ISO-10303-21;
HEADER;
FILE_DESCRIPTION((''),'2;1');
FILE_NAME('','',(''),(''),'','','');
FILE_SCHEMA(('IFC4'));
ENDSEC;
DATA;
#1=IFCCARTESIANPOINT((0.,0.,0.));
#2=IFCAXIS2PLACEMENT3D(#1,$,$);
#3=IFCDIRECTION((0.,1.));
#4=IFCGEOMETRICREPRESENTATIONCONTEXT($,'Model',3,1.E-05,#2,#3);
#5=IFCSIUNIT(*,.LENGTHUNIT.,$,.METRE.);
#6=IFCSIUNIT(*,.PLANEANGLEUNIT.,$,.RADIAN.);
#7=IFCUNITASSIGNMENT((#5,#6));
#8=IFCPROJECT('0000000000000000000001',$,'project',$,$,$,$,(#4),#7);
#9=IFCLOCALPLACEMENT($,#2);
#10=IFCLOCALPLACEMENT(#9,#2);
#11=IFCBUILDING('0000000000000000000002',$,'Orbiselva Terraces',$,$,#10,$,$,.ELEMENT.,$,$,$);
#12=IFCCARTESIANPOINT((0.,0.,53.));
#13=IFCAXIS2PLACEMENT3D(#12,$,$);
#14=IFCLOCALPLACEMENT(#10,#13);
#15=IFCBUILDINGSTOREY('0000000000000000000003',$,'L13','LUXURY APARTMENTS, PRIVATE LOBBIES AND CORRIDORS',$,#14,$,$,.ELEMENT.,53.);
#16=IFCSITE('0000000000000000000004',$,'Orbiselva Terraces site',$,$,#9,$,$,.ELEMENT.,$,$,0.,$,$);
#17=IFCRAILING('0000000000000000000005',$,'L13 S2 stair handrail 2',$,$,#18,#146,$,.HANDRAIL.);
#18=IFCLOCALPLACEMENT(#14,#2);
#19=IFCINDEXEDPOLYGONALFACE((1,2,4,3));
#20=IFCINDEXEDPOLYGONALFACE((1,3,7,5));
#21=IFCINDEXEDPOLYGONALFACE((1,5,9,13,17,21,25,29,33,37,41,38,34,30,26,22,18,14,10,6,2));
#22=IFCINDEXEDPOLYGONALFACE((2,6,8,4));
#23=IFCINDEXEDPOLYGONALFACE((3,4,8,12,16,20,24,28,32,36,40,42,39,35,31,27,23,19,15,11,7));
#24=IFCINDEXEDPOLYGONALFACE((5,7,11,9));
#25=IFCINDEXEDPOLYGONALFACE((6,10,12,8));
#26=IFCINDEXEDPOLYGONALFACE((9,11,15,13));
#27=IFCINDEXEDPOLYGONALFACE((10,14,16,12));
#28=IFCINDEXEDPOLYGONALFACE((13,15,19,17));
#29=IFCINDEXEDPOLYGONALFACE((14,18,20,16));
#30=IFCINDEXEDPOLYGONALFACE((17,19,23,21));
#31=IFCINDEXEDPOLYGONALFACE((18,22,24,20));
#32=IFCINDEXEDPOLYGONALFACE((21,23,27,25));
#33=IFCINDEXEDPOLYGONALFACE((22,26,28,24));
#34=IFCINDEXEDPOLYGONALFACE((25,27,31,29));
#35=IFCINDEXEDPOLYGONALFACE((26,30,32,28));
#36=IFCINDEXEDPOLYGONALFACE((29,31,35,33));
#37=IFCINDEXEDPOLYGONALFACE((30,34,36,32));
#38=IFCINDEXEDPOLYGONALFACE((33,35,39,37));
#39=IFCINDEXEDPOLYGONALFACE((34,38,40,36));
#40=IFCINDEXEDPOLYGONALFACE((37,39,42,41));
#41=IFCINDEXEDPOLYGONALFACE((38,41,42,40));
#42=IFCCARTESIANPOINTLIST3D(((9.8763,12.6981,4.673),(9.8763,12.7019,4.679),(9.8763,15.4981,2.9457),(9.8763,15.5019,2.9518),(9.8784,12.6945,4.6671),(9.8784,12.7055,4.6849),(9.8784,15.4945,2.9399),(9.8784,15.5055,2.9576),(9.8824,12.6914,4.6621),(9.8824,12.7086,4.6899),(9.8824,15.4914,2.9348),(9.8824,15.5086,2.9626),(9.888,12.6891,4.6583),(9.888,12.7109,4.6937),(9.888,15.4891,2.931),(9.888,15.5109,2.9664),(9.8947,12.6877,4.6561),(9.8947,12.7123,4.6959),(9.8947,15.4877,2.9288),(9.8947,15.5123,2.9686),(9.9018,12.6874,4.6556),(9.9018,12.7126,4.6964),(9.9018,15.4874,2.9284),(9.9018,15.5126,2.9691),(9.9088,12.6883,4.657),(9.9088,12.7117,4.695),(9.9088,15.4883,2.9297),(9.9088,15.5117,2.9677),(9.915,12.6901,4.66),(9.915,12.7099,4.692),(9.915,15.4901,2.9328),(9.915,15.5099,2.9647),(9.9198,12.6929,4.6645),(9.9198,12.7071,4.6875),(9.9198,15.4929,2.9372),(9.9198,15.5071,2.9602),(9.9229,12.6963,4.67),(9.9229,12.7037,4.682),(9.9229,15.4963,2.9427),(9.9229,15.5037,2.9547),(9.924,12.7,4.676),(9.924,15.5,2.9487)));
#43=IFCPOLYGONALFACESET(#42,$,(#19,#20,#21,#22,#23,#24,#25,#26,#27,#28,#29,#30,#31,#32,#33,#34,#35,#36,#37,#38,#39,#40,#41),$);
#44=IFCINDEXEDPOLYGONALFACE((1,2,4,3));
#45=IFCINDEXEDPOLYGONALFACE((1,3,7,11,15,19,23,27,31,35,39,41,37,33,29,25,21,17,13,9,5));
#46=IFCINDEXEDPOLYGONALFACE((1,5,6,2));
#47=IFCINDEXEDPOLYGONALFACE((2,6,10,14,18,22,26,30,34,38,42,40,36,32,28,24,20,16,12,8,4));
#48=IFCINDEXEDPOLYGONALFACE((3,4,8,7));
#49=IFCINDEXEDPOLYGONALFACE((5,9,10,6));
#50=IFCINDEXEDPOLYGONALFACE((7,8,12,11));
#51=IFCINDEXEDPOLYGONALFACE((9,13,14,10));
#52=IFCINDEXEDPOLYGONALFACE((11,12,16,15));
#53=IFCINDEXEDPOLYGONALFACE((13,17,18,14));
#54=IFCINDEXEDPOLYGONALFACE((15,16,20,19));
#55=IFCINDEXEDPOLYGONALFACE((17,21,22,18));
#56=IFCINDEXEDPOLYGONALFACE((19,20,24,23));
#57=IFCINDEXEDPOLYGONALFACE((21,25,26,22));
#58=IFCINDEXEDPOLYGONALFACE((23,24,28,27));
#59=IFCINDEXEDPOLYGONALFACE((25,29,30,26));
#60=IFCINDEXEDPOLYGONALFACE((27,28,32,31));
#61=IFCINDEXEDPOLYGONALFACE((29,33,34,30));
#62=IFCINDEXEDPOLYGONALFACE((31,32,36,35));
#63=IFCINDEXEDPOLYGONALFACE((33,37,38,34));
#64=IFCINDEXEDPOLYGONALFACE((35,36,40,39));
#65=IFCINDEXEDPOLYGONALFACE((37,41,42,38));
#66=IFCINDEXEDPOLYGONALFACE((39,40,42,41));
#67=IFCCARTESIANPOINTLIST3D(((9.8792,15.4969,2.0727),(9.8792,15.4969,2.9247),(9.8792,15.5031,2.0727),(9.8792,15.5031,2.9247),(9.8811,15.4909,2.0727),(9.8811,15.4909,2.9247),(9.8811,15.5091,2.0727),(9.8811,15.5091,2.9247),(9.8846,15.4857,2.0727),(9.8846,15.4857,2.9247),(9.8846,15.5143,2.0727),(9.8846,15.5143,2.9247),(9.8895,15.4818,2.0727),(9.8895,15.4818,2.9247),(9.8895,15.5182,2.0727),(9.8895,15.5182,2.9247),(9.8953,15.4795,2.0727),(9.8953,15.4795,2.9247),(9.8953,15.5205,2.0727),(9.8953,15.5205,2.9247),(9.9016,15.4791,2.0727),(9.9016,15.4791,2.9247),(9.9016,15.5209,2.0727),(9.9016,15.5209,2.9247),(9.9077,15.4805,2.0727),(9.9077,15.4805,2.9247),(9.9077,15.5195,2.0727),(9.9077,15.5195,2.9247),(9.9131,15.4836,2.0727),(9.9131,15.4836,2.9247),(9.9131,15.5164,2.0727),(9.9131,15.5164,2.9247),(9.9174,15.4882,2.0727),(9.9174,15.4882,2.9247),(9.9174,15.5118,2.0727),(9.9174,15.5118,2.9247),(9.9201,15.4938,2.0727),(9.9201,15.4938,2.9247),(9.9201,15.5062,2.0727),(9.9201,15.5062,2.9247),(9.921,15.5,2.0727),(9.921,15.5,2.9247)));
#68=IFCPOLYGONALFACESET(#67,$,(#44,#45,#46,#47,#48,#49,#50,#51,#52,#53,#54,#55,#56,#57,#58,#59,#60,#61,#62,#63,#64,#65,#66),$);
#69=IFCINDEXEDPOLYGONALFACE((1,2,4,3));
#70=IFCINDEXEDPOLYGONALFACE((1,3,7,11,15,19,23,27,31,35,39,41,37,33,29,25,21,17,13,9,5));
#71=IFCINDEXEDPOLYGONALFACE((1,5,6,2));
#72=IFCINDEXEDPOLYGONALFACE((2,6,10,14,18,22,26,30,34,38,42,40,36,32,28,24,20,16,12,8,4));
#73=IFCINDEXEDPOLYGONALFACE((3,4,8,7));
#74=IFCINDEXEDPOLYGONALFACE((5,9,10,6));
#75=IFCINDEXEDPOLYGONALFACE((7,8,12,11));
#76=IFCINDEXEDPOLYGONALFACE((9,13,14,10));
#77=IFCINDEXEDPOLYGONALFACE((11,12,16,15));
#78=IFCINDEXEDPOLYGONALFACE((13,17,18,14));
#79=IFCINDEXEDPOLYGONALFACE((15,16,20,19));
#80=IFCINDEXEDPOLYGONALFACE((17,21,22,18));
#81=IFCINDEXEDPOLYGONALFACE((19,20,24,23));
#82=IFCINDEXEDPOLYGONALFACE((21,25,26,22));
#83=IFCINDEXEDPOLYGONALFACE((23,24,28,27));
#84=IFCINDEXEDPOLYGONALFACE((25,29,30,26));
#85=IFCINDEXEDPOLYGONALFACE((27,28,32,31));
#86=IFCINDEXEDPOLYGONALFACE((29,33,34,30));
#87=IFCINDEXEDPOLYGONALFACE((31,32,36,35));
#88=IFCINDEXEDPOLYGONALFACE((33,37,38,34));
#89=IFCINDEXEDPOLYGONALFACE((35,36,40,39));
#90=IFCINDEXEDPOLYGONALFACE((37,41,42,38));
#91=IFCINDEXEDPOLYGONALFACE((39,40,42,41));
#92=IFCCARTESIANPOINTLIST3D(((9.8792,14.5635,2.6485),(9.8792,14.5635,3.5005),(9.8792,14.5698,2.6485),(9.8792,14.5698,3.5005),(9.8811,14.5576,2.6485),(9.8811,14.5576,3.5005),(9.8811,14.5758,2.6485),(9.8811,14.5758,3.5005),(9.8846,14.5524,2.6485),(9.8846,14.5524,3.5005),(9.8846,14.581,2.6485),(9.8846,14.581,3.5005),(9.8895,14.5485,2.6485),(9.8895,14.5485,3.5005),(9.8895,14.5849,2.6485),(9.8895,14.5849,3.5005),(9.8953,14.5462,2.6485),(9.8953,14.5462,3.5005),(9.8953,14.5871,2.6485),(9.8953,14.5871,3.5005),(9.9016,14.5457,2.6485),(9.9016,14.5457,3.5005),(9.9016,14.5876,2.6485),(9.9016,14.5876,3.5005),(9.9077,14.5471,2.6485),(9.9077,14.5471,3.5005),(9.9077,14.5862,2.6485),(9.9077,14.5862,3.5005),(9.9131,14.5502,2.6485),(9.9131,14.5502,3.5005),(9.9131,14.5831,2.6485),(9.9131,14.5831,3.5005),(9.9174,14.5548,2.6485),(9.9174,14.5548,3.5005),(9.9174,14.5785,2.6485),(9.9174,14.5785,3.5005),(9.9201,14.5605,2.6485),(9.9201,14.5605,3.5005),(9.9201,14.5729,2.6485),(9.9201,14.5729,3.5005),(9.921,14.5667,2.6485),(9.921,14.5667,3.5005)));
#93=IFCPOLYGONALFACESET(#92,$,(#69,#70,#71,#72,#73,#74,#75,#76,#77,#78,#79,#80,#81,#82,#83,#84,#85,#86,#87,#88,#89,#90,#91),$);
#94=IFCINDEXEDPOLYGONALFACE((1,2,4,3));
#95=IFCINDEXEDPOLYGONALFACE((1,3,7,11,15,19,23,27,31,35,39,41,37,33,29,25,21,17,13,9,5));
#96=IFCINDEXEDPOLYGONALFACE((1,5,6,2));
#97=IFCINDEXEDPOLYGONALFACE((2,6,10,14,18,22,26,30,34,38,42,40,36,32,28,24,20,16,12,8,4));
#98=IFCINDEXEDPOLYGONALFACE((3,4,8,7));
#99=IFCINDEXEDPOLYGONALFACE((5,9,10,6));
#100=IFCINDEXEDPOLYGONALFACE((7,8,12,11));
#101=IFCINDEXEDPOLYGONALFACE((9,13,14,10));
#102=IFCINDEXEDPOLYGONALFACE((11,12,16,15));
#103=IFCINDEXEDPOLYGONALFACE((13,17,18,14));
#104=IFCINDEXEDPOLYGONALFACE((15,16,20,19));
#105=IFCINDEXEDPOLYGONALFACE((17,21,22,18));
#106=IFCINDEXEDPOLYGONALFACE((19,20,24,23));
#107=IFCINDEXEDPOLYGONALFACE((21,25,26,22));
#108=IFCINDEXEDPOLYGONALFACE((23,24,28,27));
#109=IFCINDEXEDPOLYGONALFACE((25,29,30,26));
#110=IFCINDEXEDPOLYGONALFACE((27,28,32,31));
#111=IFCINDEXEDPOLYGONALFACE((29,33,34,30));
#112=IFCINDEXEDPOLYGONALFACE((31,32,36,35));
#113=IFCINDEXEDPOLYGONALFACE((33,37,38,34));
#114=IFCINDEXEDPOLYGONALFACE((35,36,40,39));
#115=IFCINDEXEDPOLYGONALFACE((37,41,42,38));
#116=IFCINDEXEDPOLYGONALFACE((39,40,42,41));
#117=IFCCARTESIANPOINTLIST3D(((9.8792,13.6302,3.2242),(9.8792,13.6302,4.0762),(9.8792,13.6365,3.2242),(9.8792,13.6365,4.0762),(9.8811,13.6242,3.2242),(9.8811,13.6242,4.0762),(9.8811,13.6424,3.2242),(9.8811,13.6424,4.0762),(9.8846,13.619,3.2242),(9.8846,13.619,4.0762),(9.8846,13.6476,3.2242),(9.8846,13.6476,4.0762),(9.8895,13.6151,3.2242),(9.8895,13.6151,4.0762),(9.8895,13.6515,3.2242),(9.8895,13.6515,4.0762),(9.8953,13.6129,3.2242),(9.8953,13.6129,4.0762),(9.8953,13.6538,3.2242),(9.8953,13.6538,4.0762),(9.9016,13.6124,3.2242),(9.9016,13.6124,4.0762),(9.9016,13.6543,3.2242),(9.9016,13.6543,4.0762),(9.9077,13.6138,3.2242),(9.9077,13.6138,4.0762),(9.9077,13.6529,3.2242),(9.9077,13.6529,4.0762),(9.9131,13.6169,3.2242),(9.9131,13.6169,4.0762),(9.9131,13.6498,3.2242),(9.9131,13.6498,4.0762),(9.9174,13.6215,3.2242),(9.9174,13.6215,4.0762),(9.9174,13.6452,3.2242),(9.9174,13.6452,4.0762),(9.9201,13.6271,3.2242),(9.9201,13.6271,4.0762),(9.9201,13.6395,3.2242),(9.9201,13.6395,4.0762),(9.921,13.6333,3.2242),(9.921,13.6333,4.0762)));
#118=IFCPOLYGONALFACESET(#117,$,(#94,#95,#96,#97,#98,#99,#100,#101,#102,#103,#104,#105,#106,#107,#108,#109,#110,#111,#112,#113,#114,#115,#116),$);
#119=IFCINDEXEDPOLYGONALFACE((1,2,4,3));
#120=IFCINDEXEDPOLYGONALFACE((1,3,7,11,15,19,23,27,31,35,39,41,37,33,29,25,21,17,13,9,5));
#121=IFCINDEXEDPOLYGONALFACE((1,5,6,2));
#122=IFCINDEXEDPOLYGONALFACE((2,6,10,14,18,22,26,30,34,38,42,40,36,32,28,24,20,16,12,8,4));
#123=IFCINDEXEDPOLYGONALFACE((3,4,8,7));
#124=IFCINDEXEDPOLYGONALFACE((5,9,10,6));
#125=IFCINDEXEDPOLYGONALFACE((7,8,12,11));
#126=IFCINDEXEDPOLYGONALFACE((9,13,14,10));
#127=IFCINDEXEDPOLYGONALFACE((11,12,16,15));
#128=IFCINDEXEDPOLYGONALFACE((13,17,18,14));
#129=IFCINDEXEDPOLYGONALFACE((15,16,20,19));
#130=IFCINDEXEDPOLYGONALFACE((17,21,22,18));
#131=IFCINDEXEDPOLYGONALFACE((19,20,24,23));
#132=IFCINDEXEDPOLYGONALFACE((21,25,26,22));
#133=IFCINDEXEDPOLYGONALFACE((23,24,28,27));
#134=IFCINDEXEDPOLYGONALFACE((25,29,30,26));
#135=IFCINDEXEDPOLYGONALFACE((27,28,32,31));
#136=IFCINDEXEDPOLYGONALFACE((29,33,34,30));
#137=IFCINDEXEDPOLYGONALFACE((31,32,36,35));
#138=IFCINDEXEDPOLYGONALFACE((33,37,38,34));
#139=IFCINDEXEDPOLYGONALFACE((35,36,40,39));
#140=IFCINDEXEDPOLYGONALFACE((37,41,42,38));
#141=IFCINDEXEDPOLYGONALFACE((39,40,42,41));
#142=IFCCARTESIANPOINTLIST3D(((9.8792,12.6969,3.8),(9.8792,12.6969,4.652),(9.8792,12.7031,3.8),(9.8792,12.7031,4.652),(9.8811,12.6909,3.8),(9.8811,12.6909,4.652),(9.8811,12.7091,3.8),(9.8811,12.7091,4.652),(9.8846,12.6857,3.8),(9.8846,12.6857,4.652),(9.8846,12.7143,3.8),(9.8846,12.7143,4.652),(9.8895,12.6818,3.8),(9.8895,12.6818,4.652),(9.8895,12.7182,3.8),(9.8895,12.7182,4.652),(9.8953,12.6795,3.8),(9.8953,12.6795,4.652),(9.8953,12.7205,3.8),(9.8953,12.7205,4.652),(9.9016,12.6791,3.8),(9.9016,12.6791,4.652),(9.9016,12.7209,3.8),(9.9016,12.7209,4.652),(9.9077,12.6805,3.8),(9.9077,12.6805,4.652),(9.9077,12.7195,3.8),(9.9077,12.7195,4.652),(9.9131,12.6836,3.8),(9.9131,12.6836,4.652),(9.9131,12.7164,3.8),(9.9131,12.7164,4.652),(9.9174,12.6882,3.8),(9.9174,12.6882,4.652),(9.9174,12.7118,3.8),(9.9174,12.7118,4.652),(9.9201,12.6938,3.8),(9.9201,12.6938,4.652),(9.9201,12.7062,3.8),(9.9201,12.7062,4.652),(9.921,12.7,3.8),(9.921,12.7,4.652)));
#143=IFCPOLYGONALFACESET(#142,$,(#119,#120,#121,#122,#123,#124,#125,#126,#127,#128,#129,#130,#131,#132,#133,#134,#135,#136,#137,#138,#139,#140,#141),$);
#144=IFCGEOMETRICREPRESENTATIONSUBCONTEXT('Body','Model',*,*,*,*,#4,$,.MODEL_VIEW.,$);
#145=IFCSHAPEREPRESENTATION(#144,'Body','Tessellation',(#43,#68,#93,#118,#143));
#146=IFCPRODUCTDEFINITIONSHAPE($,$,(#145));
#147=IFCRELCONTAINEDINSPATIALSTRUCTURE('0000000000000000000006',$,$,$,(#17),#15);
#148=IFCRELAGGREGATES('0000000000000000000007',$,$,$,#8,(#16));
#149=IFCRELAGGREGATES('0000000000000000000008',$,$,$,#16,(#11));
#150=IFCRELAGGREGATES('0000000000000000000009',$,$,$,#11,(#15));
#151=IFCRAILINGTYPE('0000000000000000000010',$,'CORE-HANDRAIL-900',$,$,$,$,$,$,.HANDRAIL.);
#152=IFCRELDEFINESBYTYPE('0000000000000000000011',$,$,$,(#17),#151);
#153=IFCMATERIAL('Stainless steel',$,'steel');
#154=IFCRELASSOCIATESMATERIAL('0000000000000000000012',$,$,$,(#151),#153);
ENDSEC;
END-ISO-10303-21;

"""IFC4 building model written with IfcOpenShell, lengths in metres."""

from ifc_helpers import new_model, si_unit, direction, frame, origin, origin_2d, place, context, subcontext, project, spatial, circle, extrude, material, type_object, element, save


model = new_model("IFC4")

# Units and contexts
model_context = context("Model", 3, precision=1e-05, world=origin(), true_north=direction((0.0, 1.0)))
body_context = subcontext(model_context, "Body", "Model", "MODEL_VIEW")
ifc_project = project(units=[si_unit("LENGTHUNIT", "METRE"), si_unit("PLANEANGLEUNIT", "RADIAN")], contexts=[model_context])

# Site, building, storey
site_placement = place(None, origin())
site = spatial("IfcSite", under=ifc_project, at=site_placement, Name="Orbiselva Terraces site", CompositionType="ELEMENT", RefElevation=0.0)
building_placement = place(site_placement, origin())
building = spatial("IfcBuilding", under=site, at=building_placement, Name="Orbiselva Terraces", CompositionType="ELEMENT")
storey_placement = place(building_placement, frame((0.0, 0.0, 53.0)))
storey = spatial("IfcBuildingStorey", under=building, at=storey_placement, Name="L13", Description="LUXURY APARTMENTS, PRIVATE LOBBIES AND CORRIDORS", CompositionType="ELEMENT", Elevation=53.0)

# Railing
ifc_material_1 = material(Name="Stainless steel", Category="steel")
railing_type = type_object("IfcRailingType", Name="CORE-HANDRAIL-900", PredefinedType="HANDRAIL", material=ifc_material_1)
railing_placement = place(storey_placement, frame((9.9, 15.5, 2.0727)))
element("IfcRailing", 1, at=railing_placement, inside=storey, type_object=railing_type, Name="L13 S2 stair handrail 2", PredefinedType="HANDRAIL", context=body_context, shape_type="SweptSolid", body=[
    extrude(circle(Radius=0.024, at=origin_2d()), frame((0.0, 0.0, 0.876), z_axis=(0.0, -0.851089, 0.525022), x_axis=(1.0, 0.0, 0.0)), (0.0, 0.0, 1.0), 3.2899),
    extrude(circle(Radius=0.021, at=origin_2d()), origin(), (0.0, 0.0, 1.0), 0.852),
    extrude(circle(Radius=0.021, at=origin_2d()), frame((0.0, -0.9333, 0.5758)), (0.0, 0.0, 1.0), 0.852),
    extrude(circle(Radius=0.021, at=origin_2d()), frame((0.0, -1.8667, 1.1515)), (0.0, 0.0, 1.0), 0.852),
    extrude(circle(Radius=0.021, at=origin_2d()), frame((0.0, -2.8, 1.7273)), (0.0, 0.0, 1.0), 0.852),
])

save(model, "model.ifc")
